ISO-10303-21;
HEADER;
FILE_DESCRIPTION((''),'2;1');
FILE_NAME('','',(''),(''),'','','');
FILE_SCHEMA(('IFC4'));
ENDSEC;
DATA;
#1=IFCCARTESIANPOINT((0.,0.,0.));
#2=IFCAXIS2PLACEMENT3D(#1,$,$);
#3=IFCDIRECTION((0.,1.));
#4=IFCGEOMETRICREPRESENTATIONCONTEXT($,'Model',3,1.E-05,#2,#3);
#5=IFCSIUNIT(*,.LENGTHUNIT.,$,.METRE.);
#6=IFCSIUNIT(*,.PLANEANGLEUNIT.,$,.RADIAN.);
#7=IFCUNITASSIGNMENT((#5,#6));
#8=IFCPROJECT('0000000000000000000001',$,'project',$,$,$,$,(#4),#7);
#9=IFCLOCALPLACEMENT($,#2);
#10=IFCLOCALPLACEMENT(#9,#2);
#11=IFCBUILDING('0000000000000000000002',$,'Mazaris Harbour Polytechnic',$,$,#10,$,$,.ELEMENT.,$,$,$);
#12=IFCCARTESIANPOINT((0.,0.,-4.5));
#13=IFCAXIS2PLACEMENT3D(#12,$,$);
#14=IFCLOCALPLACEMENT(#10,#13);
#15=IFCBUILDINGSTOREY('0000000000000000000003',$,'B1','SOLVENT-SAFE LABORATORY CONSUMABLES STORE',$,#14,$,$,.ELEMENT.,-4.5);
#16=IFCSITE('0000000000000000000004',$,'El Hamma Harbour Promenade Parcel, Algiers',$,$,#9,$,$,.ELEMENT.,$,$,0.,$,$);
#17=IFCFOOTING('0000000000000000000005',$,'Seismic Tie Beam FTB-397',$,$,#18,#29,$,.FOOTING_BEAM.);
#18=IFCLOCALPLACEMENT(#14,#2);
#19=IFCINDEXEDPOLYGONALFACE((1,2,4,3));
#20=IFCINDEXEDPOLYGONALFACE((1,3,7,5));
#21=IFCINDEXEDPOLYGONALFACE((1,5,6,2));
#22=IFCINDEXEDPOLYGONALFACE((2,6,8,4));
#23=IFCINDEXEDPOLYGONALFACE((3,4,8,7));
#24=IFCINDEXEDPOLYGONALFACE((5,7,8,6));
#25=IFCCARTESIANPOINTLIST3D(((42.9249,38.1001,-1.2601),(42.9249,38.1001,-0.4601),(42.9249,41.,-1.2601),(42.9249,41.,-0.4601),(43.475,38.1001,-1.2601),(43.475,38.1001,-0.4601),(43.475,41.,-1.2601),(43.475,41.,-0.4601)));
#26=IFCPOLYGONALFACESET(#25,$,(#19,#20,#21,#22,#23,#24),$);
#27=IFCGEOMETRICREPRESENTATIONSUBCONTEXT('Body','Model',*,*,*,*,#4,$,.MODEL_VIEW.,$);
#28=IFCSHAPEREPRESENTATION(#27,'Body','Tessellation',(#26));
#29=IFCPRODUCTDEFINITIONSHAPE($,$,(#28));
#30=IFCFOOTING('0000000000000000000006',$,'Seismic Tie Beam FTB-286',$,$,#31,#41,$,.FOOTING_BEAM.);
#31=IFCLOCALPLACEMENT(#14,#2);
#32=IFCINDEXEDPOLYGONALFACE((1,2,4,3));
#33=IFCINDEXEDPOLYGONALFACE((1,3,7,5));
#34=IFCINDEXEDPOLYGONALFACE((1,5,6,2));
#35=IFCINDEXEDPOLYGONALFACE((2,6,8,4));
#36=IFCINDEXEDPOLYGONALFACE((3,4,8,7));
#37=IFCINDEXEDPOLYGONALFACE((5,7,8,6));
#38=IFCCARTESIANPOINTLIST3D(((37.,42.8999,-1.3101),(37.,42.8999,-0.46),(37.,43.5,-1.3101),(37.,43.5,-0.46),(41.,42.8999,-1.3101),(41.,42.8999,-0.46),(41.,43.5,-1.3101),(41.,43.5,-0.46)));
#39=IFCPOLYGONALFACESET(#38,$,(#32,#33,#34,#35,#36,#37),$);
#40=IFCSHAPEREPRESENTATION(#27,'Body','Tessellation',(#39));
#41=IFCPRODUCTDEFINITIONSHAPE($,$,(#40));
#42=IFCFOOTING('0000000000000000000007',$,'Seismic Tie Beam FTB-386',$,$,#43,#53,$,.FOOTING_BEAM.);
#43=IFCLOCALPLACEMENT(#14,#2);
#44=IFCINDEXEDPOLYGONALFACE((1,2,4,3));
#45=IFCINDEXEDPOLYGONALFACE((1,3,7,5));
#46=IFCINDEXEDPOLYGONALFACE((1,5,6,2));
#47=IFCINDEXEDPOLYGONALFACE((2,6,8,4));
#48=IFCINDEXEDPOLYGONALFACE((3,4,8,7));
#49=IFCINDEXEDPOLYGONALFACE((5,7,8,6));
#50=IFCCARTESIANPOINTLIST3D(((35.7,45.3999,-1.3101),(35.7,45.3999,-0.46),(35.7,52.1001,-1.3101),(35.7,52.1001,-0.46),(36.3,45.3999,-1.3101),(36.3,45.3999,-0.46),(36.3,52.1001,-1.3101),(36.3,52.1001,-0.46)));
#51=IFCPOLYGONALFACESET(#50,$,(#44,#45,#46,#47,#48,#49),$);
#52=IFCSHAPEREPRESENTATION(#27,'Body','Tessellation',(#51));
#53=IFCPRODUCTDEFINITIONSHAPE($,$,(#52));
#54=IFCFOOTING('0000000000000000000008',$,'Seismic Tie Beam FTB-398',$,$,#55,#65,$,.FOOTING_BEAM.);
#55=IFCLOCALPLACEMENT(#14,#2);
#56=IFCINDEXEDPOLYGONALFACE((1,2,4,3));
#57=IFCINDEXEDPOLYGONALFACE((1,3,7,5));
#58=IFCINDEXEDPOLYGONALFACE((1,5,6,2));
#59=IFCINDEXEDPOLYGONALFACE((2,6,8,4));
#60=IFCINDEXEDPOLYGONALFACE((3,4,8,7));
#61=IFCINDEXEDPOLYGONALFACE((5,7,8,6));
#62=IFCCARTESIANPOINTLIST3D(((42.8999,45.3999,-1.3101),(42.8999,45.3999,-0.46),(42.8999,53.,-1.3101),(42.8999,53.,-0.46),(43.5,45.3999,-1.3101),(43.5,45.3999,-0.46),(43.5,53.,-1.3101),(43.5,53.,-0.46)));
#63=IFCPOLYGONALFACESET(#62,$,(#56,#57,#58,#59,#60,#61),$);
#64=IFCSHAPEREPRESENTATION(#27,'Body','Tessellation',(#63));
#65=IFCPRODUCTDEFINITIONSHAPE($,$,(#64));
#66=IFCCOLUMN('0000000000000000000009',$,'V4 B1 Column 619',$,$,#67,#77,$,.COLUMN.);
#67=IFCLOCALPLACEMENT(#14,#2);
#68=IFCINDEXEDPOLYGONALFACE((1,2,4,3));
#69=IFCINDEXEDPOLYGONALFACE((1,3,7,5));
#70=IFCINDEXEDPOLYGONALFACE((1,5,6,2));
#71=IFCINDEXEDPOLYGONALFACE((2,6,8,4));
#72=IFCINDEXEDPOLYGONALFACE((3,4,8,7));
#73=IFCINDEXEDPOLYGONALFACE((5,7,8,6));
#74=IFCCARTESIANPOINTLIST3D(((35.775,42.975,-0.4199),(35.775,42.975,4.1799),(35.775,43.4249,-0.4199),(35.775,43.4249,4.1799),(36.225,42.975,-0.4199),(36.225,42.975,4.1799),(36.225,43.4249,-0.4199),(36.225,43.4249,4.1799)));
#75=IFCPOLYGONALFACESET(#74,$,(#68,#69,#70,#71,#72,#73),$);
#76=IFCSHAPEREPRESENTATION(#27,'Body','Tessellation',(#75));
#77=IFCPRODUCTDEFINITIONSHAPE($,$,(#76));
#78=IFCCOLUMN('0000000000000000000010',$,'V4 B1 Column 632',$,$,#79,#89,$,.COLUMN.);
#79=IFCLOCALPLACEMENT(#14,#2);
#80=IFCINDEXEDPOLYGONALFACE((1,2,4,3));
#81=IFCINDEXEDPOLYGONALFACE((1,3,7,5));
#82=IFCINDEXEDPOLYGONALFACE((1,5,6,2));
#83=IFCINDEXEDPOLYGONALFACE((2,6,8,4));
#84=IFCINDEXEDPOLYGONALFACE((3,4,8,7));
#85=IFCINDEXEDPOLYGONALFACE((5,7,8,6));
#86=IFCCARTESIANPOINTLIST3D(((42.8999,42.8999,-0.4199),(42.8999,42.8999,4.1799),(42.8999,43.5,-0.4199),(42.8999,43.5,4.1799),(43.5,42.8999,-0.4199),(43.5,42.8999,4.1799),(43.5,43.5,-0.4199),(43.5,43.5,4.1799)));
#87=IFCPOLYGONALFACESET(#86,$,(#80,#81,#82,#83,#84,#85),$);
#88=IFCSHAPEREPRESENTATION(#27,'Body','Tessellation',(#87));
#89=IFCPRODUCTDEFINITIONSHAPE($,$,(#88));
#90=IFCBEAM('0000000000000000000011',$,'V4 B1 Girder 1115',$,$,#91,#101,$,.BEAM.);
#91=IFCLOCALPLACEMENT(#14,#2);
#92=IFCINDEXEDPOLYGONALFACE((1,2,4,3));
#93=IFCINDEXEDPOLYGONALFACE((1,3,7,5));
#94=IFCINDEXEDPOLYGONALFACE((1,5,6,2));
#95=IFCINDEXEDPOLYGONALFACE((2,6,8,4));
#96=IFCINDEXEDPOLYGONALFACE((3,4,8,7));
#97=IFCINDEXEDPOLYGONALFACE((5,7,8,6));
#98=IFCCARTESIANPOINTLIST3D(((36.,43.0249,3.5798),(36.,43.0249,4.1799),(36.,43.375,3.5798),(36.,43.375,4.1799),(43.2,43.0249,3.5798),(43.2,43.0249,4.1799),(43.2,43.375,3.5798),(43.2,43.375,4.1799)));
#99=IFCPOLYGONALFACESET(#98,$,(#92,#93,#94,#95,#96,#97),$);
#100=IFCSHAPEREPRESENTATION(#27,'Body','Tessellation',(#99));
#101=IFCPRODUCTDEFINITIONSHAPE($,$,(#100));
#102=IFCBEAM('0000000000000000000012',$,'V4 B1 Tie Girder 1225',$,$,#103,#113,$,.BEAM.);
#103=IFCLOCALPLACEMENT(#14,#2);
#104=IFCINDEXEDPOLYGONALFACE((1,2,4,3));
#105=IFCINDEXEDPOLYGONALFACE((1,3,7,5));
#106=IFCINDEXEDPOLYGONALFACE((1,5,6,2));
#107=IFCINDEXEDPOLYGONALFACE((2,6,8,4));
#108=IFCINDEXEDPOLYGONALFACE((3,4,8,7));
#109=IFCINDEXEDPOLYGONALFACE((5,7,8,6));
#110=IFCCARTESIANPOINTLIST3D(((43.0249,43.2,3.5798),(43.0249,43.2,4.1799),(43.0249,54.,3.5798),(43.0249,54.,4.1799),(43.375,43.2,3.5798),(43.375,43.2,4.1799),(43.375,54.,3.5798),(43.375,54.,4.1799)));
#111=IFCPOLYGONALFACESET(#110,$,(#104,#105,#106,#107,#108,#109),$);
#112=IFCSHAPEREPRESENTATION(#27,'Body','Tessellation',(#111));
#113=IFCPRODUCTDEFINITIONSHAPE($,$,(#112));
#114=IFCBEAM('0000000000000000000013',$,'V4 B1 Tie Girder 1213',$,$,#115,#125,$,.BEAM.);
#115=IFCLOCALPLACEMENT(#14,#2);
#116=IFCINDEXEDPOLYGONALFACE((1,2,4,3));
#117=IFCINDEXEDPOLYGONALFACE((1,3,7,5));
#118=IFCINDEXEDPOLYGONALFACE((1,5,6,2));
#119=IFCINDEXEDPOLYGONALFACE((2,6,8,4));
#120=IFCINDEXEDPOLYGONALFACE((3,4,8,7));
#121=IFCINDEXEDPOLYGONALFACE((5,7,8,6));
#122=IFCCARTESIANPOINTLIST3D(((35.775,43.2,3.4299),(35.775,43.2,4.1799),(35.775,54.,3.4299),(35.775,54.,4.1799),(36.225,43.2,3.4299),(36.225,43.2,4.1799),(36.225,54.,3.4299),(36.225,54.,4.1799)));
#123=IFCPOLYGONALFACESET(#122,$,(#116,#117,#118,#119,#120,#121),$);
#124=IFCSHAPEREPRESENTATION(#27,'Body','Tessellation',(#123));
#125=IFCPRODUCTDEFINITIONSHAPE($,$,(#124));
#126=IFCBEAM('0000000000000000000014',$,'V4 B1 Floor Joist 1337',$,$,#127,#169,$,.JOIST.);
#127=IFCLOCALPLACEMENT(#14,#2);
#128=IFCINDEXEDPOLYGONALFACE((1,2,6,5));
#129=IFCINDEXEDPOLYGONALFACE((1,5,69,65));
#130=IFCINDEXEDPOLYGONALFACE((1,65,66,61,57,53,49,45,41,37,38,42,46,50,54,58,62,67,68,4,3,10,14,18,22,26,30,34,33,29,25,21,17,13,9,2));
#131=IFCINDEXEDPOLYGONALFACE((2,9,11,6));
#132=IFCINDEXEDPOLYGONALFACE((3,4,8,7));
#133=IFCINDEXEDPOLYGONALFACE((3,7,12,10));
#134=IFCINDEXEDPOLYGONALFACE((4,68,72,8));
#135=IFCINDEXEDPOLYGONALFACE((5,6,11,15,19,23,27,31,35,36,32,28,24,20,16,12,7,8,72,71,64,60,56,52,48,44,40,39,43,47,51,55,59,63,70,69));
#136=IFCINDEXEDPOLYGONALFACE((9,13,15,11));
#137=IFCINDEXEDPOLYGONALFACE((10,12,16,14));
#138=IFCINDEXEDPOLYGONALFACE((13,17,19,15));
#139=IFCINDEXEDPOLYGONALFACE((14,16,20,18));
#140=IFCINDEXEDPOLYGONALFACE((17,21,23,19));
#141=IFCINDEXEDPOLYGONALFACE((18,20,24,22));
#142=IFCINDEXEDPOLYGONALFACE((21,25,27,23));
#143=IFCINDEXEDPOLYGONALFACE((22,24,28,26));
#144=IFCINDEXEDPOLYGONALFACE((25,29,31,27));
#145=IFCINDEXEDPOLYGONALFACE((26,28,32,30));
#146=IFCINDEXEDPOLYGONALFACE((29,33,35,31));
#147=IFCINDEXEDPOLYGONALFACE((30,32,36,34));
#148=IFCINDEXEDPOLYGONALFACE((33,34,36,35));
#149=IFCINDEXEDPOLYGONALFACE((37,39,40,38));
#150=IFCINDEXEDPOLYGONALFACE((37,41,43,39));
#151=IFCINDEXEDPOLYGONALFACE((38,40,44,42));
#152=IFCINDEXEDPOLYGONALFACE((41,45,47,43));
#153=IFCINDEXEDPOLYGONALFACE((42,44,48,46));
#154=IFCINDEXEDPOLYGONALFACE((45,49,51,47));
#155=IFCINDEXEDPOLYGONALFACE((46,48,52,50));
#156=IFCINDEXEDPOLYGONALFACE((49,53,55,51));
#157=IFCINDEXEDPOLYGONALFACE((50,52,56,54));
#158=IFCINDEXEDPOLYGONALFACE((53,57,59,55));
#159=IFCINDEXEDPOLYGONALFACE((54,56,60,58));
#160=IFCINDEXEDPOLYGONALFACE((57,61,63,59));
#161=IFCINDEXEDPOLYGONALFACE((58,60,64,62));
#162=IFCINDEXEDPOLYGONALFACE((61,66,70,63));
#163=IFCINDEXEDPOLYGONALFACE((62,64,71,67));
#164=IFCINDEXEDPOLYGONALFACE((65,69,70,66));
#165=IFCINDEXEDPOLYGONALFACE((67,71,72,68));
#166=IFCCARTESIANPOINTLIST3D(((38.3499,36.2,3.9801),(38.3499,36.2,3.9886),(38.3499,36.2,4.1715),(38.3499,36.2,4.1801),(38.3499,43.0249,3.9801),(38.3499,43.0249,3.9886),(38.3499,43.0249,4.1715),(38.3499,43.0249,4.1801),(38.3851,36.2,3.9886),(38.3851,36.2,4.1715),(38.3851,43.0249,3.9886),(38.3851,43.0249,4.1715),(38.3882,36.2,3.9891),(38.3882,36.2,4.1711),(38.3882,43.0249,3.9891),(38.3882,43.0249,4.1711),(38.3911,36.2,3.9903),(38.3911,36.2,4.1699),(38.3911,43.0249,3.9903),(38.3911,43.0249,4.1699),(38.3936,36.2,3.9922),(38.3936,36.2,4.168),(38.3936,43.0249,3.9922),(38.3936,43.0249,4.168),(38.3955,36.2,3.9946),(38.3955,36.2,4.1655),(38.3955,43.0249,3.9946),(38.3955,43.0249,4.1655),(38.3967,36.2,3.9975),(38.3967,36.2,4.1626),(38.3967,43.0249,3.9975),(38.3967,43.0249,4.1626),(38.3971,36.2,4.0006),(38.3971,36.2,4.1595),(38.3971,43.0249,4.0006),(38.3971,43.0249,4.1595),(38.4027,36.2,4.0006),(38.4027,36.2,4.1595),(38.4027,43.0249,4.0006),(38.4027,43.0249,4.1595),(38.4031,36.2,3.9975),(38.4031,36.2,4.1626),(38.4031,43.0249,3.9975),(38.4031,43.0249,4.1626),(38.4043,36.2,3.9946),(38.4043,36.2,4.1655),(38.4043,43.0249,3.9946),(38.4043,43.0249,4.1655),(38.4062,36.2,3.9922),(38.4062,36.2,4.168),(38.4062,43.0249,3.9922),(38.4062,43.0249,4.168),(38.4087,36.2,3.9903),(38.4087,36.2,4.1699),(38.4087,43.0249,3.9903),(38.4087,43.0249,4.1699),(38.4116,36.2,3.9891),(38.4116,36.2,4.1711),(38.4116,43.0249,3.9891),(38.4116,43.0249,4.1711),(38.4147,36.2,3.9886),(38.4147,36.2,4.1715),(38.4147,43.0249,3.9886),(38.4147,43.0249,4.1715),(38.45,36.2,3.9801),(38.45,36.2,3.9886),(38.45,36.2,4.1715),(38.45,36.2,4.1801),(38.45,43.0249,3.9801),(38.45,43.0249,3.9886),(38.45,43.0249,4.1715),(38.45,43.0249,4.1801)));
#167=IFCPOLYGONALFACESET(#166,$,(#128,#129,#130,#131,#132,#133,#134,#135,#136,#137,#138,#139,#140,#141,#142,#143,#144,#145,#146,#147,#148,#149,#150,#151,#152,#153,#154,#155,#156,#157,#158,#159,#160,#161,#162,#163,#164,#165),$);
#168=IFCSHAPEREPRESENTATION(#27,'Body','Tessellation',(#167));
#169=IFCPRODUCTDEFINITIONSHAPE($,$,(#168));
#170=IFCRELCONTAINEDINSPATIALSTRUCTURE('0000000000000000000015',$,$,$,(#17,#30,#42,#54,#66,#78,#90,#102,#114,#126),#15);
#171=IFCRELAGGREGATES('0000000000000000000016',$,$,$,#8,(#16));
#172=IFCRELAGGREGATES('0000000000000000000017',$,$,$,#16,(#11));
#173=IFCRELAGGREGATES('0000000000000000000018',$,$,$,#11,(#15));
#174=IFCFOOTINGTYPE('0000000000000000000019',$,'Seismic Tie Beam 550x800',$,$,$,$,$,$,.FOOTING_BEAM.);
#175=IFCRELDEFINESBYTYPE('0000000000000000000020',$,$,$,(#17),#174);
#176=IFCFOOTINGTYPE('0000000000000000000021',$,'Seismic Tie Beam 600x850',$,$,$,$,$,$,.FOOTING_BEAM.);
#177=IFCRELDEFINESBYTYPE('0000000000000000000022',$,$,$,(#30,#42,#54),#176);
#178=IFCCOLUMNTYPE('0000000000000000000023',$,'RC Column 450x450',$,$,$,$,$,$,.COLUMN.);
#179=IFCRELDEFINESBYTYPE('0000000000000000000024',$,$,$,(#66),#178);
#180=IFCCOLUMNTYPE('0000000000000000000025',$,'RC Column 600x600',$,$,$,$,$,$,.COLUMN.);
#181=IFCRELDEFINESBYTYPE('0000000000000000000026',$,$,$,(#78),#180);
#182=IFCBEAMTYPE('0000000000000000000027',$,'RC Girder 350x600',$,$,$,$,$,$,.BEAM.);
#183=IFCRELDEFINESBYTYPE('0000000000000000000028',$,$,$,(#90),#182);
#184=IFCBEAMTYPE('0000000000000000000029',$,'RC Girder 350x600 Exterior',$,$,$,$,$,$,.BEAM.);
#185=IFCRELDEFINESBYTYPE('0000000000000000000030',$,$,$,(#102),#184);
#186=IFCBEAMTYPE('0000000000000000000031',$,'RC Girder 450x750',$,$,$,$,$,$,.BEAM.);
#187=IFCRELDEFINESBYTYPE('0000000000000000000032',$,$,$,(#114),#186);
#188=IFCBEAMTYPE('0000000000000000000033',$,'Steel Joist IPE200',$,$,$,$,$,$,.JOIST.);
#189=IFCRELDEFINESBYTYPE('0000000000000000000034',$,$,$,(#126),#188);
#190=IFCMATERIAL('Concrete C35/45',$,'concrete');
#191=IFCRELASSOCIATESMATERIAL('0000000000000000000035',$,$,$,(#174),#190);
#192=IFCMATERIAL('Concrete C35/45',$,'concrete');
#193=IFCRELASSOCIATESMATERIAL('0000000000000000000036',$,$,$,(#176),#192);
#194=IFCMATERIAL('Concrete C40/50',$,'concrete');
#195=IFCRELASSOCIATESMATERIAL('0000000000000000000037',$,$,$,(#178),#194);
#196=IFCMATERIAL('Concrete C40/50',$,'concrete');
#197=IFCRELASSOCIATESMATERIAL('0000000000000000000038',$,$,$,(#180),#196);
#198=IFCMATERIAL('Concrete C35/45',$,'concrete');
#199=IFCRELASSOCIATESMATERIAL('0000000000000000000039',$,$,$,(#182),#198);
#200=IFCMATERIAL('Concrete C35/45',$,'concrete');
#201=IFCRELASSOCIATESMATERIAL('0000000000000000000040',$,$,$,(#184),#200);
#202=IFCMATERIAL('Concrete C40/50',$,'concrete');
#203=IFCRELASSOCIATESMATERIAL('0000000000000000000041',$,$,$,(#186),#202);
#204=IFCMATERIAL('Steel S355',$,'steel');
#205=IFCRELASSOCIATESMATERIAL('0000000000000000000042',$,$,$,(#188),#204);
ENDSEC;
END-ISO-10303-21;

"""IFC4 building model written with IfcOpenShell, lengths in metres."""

from ifc_helpers import new_model, si_unit, direction, frame, origin, origin_2d, place, context, subcontext, project, spatial, rectangle, i_section, extrude, material, material_profile, profile_set, type_object, element, save


model = new_model("IFC4")

# Units and contexts
model_context = context("Model", 3, precision=1e-05, world=origin(), true_north=direction((0.0, 1.0)))
body_context = subcontext(model_context, "Body", "Model", "MODEL_VIEW")
ifc_project = project(units=[si_unit("LENGTHUNIT", "METRE"), si_unit("PLANEANGLEUNIT", "RADIAN")], contexts=[model_context])

# Site, building, storey
site_placement = place(None, origin())
site = spatial("IfcSite", under=ifc_project, at=site_placement, Name="El Hamma Harbour Promenade Parcel, Algiers", CompositionType="ELEMENT", RefElevation=0.0)
building_placement = place(site_placement, origin())
building = spatial("IfcBuilding", under=site, at=building_placement, Name="Mazaris Harbour Polytechnic", CompositionType="ELEMENT")
storey_placement = place(building_placement, frame((0.0, 0.0, -4.5)))
storey = spatial("IfcBuildingStorey", under=building, at=storey_placement, Name="B1", Description="SOLVENT-SAFE LABORATORY CONSUMABLES STORE", CompositionType="ELEMENT", Elevation=-4.5)

# Footings
ifc_material_1 = material(Name="Concrete C35/45", Category="concrete")
ifc_material_profile_1 = material_profile(ifc_material_1, rectangle(XDim=0.55, YDim=0.8, at=origin_2d()), Name="RECT550x800")
ifc_profile_set_1 = profile_set([ifc_material_profile_1], Name="Concrete C35/45")
footing_type_1 = type_object("IfcFootingType", Name="Seismic Tie Beam 550x800", PredefinedType="FOOTING_BEAM", material=ifc_profile_set_1)
footing_1_placement = place(storey_placement, frame((43.2, 38.1001, -0.8601), z_axis=(0.0, 1.0, 0.0), x_axis=(-1.0, 0.0, 0.0)))
element("IfcFooting", 1, at=footing_1_placement, inside=storey, type_object=footing_type_1, Name="Seismic Tie Beam FTB-397", PredefinedType="FOOTING_BEAM", context=body_context, shape_type="SweptSolid", body=[
    extrude(rectangle(XDim=0.55, YDim=0.8, at=origin_2d()), origin(), (0.0, 0.0, 1.0), 2.8999),
])
ifc_material_2 = material(Name="Concrete C35/45", Category="concrete")
ifc_material_profile_2 = material_profile(ifc_material_2, rectangle(XDim=0.6001, YDim=0.8501, at=origin_2d()), Name="RECT600x850")
ifc_profile_set_2 = profile_set([ifc_material_profile_2], Name="Concrete C35/45")
footing_type_2 = type_object("IfcFootingType", Name="Seismic Tie Beam 600x850", PredefinedType="FOOTING_BEAM", material=ifc_profile_set_2)
footing_2_placement = place(storey_placement, frame((37.0, 43.2, -0.885), z_axis=(1.0, 0.0, 0.0), x_axis=(0.0, 1.0, 0.0)))
element("IfcFooting", 2, at=footing_2_placement, inside=storey, type_object=footing_type_2, Name="Seismic Tie Beam FTB-286", PredefinedType="FOOTING_BEAM", context=body_context, shape_type="SweptSolid", body=[
    extrude(rectangle(XDim=0.6001, YDim=0.8501, at=origin_2d()), origin(), (0.0, 0.0, 1.0), 4.0),
])
footing_3_placement = place(storey_placement, frame((36.0, 45.3999, -0.885), z_axis=(0.0, 1.0, 0.0), x_axis=(-1.0, 0.0, 0.0)))
element("IfcFooting", 3, at=footing_3_placement, inside=storey, type_object=footing_type_2, Name="Seismic Tie Beam FTB-386", PredefinedType="FOOTING_BEAM", context=body_context, shape_type="SweptSolid", body=[
    extrude(rectangle(XDim=0.6001, YDim=0.8501, at=origin_2d()), origin(), (0.0, 0.0, 1.0), 6.7002),
])
footing_4_placement = place(storey_placement, frame((43.2, 45.3999, -0.885), z_axis=(0.0, 1.0, 0.0), x_axis=(-1.0, 0.0, 0.0)))
element("IfcFooting", 4, at=footing_4_placement, inside=storey, type_object=footing_type_2, Name="Seismic Tie Beam FTB-398", PredefinedType="FOOTING_BEAM", context=body_context, shape_type="SweptSolid", body=[
    extrude(rectangle(XDim=0.6001, YDim=0.8501, at=origin_2d()), origin(), (0.0, 0.0, 1.0), 7.6001),
])

# Columns
ifc_material_3 = material(Name="Concrete C40/50", Category="concrete")
ifc_material_profile_3 = material_profile(ifc_material_3, rectangle(XDim=0.45, YDim=0.45, at=origin_2d()), Name="RECT450x450")
ifc_profile_set_3 = profile_set([ifc_material_profile_3], Name="Concrete C40/50")
column_type_1 = type_object("IfcColumnType", Name="RC Column 450x450", PredefinedType="COLUMN", material=ifc_profile_set_3)
column_1_placement = place(storey_placement, frame((36.0, 43.2, -0.4199), z_axis=(0.0, 0.0, 1.0), x_axis=(1.0, 0.0, 0.0)))
element("IfcColumn", 5, at=column_1_placement, inside=storey, type_object=column_type_1, Name="V4 B1 Column 619", PredefinedType="COLUMN", context=body_context, shape_type="SweptSolid", body=[
    extrude(rectangle(XDim=0.45, YDim=0.45, at=origin_2d()), origin(), (0.0, 0.0, 1.0), 4.5999),
])
ifc_material_4 = material(Name="Concrete C40/50", Category="concrete")
ifc_material_profile_4 = material_profile(ifc_material_4, rectangle(XDim=0.6001, YDim=0.6001, at=origin_2d()), Name="RECT600x600")
ifc_profile_set_4 = profile_set([ifc_material_profile_4], Name="Concrete C40/50")
column_type_2 = type_object("IfcColumnType", Name="RC Column 600x600", PredefinedType="COLUMN", material=ifc_profile_set_4)
column_2_placement = place(storey_placement, frame((43.2, 43.2, -0.4199), z_axis=(0.0, 0.0, 1.0), x_axis=(1.0, 0.0, 0.0)))
element("IfcColumn", 6, at=column_2_placement, inside=storey, type_object=column_type_2, Name="V4 B1 Column 632", PredefinedType="COLUMN", context=body_context, shape_type="SweptSolid", body=[
    extrude(rectangle(XDim=0.6001, YDim=0.6001, at=origin_2d()), origin(), (0.0, 0.0, 1.0), 4.5999),
])

# Beams
ifc_material_5 = material(Name="Concrete C35/45", Category="concrete")
ifc_material_profile_5 = material_profile(ifc_material_5, rectangle(XDim=0.3501, YDim=0.6001, at=origin_2d()), Name="RECT350x600")
ifc_profile_set_5 = profile_set([ifc_material_profile_5], Name="Concrete C35/45")
beam_type_1 = type_object("IfcBeamType", Name="RC Girder 350x600", PredefinedType="BEAM", material=ifc_profile_set_5)
beam_1_placement = place(storey_placement, frame((36.0, 43.2, 3.8799), z_axis=(1.0, 0.0, 0.0), x_axis=(0.0, 1.0, 0.0)))
element("IfcBeam", 7, at=beam_1_placement, inside=storey, type_object=beam_type_1, Name="V4 B1 Girder 1115", PredefinedType="BEAM", context=body_context, shape_type="SweptSolid", body=[
    extrude(rectangle(XDim=0.3501, YDim=0.6001, at=origin_2d()), origin(), (0.0, 0.0, 1.0), 7.2),
])
ifc_material_6 = material(Name="Concrete C35/45", Category="concrete")
ifc_material_profile_6 = material_profile(ifc_material_6, rectangle(XDim=0.3501, YDim=0.6001, at=origin_2d()), Name="RECT350x600")
ifc_profile_set_6 = profile_set([ifc_material_profile_6], Name="Concrete C35/45")
beam_type_2 = type_object("IfcBeamType", Name="RC Girder 350x600 Exterior", PredefinedType="BEAM", material=ifc_profile_set_6)
beam_2_placement = place(storey_placement, frame((43.2, 43.2, 3.8799), z_axis=(0.0, 1.0, 0.0), x_axis=(-1.0, 0.0, 0.0)))
element("IfcBeam", 8, at=beam_2_placement, inside=storey, type_object=beam_type_2, Name="V4 B1 Tie Girder 1225", PredefinedType="BEAM", context=body_context, shape_type="SweptSolid", body=[
    extrude(rectangle(XDim=0.3501, YDim=0.6001, at=origin_2d()), origin(), (0.0, 0.0, 1.0), 10.8),
])
ifc_material_7 = material(Name="Concrete C40/50", Category="concrete")
ifc_material_profile_7 = material_profile(ifc_material_7, rectangle(XDim=0.45, YDim=0.75, at=origin_2d()), Name="RECT450x750")
ifc_profile_set_7 = profile_set([ifc_material_profile_7], Name="Concrete C40/50")
beam_type_3 = type_object("IfcBeamType", Name="RC Girder 450x750", PredefinedType="BEAM", material=ifc_profile_set_7)
beam_3_placement = place(storey_placement, frame((36.0, 43.2, 3.8049), z_axis=(0.0, 1.0, 0.0), x_axis=(-1.0, 0.0, 0.0)))
element("IfcBeam", 9, at=beam_3_placement, inside=storey, type_object=beam_type_3, Name="V4 B1 Tie Girder 1213", PredefinedType="BEAM", context=body_context, shape_type="SweptSolid", body=[
    extrude(rectangle(XDim=0.45, YDim=0.75, at=origin_2d()), origin(), (0.0, 0.0, 1.0), 10.8),
])
ifc_material_8 = material(Name="Steel S355", Category="steel")
ifc_material_profile_8 = material_profile(ifc_material_8, i_section(OverallWidth=0.1001, OverallDepth=0.2, WebThickness=0.0056, FlangeThickness=0.0085, FilletRadius=0.012, at=origin_2d()), Name="IPE 200")
ifc_profile_set_8 = profile_set([ifc_material_profile_8], Name="Steel S355")
beam_type_4 = type_object("IfcBeamType", Name="Steel Joist IPE200", PredefinedType="JOIST", material=ifc_profile_set_8)
beam_4_placement = place(storey_placement, frame((38.3999, 36.2, 4.0801), z_axis=(0.0, 1.0, 0.0), x_axis=(-1.0, 0.0, 0.0)))
element("IfcBeam", 10, at=beam_4_placement, inside=storey, type_object=beam_type_4, Name="V4 B1 Floor Joist 1337", PredefinedType="JOIST", context=body_context, shape_type="SweptSolid", body=[
    extrude(i_section(OverallWidth=0.1001, OverallDepth=0.2, WebThickness=0.0056, FlangeThickness=0.0085, FilletRadius=0.012, at=origin_2d()), origin(), (0.0, 0.0, 1.0), 6.825),
])

save(model, "model.ifc")
